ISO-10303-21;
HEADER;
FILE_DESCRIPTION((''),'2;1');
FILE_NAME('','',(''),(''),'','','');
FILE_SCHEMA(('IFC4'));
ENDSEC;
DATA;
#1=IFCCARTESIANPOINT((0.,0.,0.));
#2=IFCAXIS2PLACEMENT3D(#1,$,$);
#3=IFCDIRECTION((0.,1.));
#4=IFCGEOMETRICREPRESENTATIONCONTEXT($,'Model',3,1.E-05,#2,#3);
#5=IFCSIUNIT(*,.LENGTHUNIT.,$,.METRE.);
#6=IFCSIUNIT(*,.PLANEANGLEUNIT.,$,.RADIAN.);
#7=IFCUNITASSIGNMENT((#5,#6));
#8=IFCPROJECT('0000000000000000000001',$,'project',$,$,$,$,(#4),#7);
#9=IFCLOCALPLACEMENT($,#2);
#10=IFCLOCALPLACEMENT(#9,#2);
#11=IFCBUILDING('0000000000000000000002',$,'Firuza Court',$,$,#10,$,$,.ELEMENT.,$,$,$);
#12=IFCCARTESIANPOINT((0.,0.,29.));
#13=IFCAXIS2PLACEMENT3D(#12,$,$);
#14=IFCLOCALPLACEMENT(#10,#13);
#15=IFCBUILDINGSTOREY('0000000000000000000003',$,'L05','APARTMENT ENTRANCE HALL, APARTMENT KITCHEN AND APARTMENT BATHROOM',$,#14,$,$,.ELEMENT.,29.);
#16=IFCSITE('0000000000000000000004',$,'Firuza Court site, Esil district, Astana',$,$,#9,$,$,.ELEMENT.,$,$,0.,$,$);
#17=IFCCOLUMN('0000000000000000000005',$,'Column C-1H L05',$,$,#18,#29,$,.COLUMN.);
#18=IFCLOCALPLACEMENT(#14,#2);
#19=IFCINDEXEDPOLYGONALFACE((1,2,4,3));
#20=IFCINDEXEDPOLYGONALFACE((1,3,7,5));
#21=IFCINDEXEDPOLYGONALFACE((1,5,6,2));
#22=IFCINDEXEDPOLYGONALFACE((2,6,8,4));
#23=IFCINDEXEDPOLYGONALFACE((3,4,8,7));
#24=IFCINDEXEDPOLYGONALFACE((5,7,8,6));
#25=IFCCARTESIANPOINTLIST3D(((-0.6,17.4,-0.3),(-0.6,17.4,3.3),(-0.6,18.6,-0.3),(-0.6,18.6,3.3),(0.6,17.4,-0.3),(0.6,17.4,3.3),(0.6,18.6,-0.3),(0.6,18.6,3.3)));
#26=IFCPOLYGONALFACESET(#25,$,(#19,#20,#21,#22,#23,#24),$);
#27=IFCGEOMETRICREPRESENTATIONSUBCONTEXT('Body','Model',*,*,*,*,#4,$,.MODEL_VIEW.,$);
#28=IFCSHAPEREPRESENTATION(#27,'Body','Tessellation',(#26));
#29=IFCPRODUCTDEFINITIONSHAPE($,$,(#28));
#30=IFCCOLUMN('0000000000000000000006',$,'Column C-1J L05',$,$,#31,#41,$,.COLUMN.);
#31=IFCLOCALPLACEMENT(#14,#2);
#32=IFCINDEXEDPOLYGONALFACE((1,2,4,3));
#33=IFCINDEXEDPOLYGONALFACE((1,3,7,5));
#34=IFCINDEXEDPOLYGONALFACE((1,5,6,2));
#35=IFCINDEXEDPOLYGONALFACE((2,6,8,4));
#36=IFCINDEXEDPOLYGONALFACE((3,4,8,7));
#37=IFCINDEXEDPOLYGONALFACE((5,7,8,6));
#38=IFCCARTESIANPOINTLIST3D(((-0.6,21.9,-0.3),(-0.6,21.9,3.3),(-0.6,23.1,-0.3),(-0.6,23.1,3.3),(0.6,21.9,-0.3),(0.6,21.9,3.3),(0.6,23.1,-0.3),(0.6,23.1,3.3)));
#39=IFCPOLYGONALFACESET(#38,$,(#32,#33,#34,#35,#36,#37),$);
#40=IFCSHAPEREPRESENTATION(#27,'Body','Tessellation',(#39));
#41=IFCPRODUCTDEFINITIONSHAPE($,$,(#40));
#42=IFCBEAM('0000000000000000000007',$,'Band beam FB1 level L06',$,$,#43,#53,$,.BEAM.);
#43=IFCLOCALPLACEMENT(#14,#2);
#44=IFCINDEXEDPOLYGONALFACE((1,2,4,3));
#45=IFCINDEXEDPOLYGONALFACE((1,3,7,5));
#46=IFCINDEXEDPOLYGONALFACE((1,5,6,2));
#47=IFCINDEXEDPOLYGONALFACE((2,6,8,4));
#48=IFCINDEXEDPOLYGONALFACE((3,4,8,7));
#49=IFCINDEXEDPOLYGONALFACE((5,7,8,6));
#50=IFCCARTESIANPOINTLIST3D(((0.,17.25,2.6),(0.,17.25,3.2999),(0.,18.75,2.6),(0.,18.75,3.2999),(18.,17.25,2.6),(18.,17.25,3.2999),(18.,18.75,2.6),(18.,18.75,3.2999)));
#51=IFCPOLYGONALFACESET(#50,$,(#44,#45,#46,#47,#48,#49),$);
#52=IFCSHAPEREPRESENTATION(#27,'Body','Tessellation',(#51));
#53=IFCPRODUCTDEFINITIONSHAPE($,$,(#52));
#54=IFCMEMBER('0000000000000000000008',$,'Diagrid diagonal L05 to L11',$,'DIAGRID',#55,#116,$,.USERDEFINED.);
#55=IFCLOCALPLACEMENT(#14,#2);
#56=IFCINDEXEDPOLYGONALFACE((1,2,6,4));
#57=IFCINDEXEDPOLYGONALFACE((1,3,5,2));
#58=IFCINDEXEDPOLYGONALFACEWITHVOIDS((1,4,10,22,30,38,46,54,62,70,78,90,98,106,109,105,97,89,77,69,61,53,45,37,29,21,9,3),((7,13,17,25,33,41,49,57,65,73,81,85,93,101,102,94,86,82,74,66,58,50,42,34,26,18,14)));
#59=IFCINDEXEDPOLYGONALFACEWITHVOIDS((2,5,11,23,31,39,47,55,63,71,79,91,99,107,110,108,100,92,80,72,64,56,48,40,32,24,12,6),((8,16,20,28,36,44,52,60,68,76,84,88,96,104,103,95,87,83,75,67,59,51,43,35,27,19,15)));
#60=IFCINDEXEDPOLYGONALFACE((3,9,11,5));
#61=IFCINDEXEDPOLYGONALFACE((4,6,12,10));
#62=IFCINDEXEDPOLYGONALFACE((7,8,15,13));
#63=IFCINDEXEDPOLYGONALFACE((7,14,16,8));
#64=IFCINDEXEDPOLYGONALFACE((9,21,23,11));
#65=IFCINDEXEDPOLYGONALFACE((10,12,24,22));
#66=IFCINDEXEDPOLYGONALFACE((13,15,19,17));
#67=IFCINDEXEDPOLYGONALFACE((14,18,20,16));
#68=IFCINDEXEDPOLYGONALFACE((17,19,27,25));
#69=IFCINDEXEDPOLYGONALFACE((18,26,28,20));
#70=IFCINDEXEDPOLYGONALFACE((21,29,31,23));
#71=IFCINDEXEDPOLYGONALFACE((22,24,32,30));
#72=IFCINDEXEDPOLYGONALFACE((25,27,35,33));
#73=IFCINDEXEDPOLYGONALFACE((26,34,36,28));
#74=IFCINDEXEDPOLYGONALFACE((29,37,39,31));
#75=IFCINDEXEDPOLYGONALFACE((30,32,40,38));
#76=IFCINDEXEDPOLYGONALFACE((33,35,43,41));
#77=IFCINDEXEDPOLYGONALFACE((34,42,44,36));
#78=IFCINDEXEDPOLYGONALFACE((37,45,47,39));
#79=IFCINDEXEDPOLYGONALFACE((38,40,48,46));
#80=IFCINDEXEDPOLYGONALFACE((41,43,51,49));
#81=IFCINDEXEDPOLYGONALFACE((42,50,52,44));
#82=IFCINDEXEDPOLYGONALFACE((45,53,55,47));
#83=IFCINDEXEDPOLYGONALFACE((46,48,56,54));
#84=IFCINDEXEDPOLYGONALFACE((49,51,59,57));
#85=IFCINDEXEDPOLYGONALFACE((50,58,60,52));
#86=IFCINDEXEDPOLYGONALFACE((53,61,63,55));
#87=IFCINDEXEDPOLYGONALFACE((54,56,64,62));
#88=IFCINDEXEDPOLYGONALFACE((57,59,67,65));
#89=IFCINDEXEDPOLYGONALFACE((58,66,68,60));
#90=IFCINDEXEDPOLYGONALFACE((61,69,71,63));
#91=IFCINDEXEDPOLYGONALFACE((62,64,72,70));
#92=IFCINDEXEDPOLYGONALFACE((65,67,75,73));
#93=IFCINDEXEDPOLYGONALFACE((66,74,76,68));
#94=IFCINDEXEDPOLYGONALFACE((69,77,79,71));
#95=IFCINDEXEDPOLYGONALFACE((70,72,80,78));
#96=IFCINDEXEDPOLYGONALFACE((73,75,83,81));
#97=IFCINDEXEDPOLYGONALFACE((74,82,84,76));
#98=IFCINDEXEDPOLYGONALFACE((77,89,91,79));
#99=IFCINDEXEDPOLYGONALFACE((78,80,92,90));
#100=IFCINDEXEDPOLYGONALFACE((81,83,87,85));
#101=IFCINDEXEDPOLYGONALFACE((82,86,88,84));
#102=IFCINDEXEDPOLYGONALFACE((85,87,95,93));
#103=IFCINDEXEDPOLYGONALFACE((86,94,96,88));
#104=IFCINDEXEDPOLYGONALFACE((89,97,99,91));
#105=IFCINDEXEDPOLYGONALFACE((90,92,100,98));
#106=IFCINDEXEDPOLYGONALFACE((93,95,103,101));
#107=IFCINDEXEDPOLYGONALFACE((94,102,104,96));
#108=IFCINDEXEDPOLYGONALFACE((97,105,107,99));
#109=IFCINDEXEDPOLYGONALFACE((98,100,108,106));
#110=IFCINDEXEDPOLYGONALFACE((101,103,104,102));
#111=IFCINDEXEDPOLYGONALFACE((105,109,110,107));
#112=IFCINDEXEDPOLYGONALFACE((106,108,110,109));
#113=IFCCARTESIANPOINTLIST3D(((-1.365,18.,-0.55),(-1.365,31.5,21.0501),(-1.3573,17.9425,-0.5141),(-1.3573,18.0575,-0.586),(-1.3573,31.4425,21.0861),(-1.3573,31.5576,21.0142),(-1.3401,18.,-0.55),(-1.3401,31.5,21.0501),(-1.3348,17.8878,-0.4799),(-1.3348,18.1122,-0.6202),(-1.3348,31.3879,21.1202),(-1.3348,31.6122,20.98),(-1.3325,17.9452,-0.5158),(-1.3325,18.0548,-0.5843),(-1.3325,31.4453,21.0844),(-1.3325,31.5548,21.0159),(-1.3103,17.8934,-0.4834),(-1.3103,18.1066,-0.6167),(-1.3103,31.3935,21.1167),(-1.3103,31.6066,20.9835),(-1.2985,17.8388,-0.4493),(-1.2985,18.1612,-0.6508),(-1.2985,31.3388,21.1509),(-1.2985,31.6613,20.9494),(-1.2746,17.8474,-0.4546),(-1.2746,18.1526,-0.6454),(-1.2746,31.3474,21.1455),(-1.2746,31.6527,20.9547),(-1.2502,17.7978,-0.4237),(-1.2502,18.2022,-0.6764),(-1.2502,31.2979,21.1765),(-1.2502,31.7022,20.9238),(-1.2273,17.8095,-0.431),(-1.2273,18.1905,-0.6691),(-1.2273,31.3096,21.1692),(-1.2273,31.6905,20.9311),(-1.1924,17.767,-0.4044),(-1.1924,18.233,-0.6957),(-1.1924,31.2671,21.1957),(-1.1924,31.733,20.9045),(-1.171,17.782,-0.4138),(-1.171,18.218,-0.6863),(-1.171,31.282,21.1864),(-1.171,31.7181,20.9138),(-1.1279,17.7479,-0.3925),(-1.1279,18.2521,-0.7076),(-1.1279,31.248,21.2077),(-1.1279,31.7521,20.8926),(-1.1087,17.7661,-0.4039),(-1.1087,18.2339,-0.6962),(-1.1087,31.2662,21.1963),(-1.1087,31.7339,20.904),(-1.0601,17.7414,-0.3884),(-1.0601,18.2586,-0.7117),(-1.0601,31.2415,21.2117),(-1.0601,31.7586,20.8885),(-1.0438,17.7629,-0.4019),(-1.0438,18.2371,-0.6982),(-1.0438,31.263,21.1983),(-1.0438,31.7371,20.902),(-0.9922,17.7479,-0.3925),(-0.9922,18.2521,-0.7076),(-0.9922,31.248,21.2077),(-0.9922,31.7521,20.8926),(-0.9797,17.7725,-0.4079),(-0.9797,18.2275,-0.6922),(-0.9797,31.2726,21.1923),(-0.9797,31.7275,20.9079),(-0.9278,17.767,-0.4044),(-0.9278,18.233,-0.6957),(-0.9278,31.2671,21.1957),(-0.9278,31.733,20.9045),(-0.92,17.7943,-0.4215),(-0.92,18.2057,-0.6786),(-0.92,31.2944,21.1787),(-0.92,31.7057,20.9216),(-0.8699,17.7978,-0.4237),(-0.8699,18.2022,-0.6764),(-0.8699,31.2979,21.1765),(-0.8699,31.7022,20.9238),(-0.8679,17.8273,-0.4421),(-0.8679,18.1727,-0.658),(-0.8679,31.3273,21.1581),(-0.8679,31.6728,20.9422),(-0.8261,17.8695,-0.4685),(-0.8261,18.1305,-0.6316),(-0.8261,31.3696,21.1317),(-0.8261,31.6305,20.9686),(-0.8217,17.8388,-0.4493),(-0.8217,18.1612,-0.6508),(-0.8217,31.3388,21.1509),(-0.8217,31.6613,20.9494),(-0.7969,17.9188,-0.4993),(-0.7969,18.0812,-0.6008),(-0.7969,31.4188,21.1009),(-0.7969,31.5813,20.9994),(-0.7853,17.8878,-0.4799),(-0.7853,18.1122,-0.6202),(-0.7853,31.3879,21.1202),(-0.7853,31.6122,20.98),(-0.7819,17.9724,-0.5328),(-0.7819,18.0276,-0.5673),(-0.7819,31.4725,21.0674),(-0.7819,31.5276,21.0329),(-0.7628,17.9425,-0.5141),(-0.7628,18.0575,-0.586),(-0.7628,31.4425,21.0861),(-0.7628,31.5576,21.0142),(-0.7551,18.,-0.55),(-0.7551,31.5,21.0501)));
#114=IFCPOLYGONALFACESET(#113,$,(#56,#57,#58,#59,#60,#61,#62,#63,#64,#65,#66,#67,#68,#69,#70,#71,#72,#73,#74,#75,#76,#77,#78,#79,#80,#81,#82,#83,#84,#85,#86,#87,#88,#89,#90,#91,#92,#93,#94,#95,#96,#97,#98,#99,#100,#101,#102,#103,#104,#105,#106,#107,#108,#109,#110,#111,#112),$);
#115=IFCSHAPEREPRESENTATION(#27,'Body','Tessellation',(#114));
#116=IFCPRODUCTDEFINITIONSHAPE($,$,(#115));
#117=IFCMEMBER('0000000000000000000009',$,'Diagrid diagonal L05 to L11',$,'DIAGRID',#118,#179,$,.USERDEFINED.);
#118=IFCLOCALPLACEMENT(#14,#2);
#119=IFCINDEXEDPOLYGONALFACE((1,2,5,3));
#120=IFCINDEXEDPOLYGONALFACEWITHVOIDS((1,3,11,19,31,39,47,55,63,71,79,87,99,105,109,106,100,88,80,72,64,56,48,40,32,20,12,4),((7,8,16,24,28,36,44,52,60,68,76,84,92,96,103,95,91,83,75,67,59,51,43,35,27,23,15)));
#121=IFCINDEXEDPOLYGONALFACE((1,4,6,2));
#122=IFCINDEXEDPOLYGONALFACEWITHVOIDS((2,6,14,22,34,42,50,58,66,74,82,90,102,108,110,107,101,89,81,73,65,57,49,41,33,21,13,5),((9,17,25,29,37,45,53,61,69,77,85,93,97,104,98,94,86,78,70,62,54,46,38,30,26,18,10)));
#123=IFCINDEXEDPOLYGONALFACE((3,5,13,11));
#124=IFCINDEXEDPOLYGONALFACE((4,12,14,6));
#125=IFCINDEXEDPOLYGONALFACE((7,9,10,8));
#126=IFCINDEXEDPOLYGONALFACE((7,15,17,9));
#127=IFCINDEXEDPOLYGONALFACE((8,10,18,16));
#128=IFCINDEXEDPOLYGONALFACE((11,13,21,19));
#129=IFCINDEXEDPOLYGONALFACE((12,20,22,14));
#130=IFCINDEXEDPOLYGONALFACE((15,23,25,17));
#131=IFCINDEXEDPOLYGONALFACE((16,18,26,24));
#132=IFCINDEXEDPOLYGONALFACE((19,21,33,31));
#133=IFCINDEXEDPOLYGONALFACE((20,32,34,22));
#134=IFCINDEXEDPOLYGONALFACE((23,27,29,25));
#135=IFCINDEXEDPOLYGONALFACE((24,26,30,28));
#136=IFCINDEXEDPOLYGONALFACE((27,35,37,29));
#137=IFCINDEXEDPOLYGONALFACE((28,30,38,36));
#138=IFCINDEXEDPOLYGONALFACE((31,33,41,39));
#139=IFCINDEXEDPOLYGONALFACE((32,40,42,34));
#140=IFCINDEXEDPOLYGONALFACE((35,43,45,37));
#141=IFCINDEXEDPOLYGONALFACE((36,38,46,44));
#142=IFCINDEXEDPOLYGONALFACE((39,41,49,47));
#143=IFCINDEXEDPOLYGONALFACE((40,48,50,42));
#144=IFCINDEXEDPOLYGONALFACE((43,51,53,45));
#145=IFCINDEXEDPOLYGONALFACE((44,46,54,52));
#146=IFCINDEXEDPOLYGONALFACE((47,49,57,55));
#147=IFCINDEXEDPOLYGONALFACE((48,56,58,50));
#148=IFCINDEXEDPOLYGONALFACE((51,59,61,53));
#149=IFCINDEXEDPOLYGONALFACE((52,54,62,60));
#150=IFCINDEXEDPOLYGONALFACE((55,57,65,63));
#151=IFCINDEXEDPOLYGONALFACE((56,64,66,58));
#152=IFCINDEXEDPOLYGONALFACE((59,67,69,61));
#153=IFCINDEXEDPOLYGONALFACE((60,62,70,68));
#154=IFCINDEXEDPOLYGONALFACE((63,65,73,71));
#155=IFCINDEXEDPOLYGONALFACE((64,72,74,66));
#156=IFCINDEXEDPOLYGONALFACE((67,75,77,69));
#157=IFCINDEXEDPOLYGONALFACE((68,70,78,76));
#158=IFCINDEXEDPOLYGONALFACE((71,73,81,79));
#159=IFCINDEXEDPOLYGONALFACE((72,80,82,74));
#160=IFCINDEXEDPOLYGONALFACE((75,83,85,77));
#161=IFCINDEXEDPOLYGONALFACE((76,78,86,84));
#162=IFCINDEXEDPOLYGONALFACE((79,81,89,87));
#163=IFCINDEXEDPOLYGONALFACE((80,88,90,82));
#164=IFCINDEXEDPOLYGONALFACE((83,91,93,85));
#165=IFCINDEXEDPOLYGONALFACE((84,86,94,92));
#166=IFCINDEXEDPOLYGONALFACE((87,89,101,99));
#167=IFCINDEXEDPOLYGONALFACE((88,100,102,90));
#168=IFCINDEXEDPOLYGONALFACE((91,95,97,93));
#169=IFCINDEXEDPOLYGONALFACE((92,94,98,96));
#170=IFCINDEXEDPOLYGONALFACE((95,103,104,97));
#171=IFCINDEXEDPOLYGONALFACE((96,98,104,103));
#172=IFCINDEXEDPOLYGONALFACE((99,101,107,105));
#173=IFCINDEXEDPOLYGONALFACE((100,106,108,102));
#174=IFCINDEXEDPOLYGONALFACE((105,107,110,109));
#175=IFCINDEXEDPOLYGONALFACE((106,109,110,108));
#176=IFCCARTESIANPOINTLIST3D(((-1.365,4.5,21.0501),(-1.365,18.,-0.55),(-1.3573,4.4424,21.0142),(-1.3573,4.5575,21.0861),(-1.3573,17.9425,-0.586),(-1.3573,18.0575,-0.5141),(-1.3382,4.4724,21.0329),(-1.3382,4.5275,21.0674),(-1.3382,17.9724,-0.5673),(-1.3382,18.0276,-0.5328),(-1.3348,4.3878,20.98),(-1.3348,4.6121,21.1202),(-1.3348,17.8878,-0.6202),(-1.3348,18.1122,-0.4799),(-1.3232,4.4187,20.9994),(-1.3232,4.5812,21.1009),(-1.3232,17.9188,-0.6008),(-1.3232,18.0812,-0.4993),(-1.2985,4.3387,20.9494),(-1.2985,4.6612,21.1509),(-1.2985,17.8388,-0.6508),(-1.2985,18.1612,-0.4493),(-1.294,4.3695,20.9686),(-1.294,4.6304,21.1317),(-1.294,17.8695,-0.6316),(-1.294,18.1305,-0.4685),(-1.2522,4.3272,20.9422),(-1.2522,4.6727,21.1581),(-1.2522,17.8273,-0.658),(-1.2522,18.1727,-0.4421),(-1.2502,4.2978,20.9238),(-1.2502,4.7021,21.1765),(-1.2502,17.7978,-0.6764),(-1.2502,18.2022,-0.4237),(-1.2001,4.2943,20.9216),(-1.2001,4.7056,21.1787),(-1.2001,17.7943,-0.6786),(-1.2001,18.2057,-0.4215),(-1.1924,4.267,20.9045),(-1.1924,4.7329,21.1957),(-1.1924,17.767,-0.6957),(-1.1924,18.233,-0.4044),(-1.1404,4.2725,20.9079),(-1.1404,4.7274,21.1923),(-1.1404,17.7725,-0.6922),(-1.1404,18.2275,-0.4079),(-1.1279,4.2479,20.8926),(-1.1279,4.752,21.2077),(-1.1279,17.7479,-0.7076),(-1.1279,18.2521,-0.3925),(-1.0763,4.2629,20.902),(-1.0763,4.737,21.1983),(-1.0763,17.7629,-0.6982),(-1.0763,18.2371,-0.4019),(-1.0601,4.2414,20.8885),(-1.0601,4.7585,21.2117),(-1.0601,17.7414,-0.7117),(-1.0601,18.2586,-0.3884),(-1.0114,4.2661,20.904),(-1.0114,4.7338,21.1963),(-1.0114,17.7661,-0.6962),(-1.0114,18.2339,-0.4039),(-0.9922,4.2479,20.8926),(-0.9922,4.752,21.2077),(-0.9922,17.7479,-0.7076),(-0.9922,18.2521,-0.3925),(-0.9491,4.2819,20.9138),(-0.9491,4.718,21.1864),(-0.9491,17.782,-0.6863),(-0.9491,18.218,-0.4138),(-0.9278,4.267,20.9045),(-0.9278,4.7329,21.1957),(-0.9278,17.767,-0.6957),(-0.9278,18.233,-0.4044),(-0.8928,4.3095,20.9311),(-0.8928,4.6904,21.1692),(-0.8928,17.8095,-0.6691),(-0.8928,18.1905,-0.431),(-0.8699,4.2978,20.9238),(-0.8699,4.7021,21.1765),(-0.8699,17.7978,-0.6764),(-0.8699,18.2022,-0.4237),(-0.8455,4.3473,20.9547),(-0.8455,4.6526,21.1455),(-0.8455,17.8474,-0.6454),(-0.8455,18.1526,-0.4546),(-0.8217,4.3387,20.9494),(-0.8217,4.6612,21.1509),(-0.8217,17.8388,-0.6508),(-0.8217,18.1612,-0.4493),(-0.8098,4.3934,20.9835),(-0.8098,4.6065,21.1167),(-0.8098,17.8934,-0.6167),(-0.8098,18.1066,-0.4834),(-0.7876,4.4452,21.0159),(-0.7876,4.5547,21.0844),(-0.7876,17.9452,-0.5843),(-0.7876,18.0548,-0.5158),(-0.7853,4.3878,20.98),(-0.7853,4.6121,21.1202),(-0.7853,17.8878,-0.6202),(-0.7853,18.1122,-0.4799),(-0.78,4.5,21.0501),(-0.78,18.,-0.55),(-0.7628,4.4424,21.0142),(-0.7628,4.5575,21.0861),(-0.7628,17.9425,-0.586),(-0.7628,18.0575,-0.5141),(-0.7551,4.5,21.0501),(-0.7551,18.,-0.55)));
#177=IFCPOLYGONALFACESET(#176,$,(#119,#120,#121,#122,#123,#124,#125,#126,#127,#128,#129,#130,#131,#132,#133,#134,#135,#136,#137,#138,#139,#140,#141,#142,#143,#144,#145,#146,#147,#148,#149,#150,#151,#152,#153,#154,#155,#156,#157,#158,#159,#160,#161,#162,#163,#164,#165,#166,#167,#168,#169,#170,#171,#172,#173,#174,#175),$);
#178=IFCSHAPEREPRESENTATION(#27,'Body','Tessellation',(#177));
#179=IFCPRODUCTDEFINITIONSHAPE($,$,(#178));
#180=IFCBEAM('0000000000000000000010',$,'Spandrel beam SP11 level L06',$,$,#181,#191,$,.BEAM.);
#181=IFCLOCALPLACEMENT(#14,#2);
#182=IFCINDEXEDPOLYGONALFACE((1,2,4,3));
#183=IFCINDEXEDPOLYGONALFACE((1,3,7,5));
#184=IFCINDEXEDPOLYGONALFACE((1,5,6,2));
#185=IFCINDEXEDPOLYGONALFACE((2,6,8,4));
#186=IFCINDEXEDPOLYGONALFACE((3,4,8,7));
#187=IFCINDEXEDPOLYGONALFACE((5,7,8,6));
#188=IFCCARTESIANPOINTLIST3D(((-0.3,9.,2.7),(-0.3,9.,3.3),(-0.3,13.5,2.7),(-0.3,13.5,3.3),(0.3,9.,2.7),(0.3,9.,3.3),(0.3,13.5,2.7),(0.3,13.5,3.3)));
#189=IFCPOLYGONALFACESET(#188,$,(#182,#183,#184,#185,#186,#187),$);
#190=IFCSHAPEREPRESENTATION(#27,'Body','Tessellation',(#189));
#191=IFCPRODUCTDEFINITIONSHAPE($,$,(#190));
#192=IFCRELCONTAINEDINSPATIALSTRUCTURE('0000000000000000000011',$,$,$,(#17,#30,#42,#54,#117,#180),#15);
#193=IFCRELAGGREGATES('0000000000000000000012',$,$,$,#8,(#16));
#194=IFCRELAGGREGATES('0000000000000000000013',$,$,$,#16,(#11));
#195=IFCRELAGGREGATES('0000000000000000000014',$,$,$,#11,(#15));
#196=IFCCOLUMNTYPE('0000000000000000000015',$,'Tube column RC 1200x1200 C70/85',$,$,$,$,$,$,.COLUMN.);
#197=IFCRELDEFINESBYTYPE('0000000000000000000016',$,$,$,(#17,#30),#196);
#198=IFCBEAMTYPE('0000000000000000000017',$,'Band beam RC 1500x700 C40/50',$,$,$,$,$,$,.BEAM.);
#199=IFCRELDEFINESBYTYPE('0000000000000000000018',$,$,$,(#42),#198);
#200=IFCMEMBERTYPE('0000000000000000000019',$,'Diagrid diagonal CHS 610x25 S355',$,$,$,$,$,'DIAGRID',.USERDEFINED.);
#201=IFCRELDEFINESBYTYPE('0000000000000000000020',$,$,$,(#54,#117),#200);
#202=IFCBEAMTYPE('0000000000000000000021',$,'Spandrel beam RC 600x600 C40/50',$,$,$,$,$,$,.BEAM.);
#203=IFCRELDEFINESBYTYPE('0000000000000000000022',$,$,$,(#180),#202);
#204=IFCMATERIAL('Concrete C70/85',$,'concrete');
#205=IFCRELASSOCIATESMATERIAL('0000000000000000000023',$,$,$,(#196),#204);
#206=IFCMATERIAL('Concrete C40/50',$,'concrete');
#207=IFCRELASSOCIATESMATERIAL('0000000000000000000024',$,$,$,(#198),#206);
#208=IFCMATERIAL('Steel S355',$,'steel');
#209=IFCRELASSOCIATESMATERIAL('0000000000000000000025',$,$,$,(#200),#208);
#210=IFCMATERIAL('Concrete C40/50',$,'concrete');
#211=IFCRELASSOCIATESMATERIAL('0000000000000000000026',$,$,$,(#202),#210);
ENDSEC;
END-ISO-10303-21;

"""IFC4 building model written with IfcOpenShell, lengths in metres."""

from ifc_helpers import new_model, si_unit, direction, frame, origin, origin_2d, place, context, subcontext, project, spatial, rectangle, hollow_circle, extrude, material, material_profile, profile_set, type_object, element, save


model = new_model("IFC4")

# Units and contexts
model_context = context("Model", 3, precision=1e-05, world=origin(), true_north=direction((0.0, 1.0)))
body_context = subcontext(model_context, "Body", "Model", "MODEL_VIEW")
ifc_project = project(units=[si_unit("LENGTHUNIT", "METRE"), si_unit("PLANEANGLEUNIT", "RADIAN")], contexts=[model_context])

# Site, building, storey
site_placement = place(None, origin())
site = spatial("IfcSite", under=ifc_project, at=site_placement, Name="Firuza Court site, Esil district, Astana", CompositionType="ELEMENT", RefElevation=0.0)
building_placement = place(site_placement, origin())
building = spatial("IfcBuilding", under=site, at=building_placement, Name="Firuza Court", CompositionType="ELEMENT")
storey_placement = place(building_placement, frame((0.0, 0.0, 29.0)))
storey = spatial("IfcBuildingStorey", under=building, at=storey_placement, Name="L05", Description="APARTMENT ENTRANCE HALL, APARTMENT KITCHEN AND APARTMENT BATHROOM", CompositionType="ELEMENT", Elevation=29.0)

# Columns
ifc_material_1 = material(Name="Concrete C70/85", Category="concrete")
ifc_material_profile_1 = material_profile(ifc_material_1, rectangle(XDim=1.2, YDim=1.2, at=origin_2d()), Name="RC 1200x1200")
ifc_profile_set_1 = profile_set([ifc_material_profile_1], Name="Concrete C70/85")
column_type = type_object("IfcColumnType", Name="Tube column RC 1200x1200 C70/85", PredefinedType="COLUMN", material=ifc_profile_set_1)
for number, where, z_axis, x_axis, name in (
    (1, (0.0, 18.0, -0.3), (0.0, 0.0, 1.0), (1.0, 0.0, 0.0), "Column C-1H L05"),
    (2, (0.0, 22.5, -0.3), (0.0, 0.0, 1.0), (1.0, 0.0, 0.0), "Column C-1J L05"),
):
    element("IfcColumn", number, at=place(storey_placement, frame(where, z_axis=z_axis, x_axis=x_axis)), inside=storey, type_object=column_type, Name=name, PredefinedType="COLUMN", context=body_context, shape_type="SweptSolid", body=[
        extrude(rectangle(XDim=1.2, YDim=1.2, at=origin_2d()), origin(), (0.0, 0.0, 1.0), 3.6001),
    ])

# Beam
ifc_material_2 = material(Name="Concrete C40/50", Category="concrete")
ifc_material_profile_2 = material_profile(ifc_material_2, rectangle(XDim=1.5, YDim=0.7, at=origin_2d()), Name="RC 1500x700")
ifc_profile_set_2 = profile_set([ifc_material_profile_2], Name="Concrete C40/50")
beam_type_1 = type_object("IfcBeamType", Name="Band beam RC 1500x700 C40/50", PredefinedType="BEAM", material=ifc_profile_set_2)
beam_placement = place(storey_placement, frame((0.0, 18.0, 2.95), z_axis=(1.0, 0.0, 0.0), x_axis=(0.0, 1.0, 0.0)))
element("IfcBeam", 3, at=beam_placement, inside=storey, type_object=beam_type_1, Name="Band beam FB1 level L06", PredefinedType="BEAM", context=body_context, shape_type="SweptSolid", body=[
    extrude(rectangle(XDim=1.5, YDim=0.7, at=origin_2d()), origin(), (0.0, 0.0, 1.0), 18.0),
])

# Members
ifc_material_3 = material(Name="Steel S355", Category="steel")
ifc_material_profile_3 = material_profile(ifc_material_3, hollow_circle(Radius=0.3049, WallThickness=0.0249, at=origin_2d()), Name="CHS 610x25")
ifc_profile_set_3 = profile_set([ifc_material_profile_3], Name="Steel S355")
member_type = type_object("IfcMemberType", Name="Diagrid diagonal CHS 610x25 S355", ElementType="DIAGRID", PredefinedType="USERDEFINED", material=ifc_profile_set_3)
for number, where, z_axis, x_axis, name in (
    (4, (-1.0601, 18.0, -0.55), (0.0, 0.529997, 0.847999), (-1.0, 0.0, 0.0), "Diagrid diagonal L05 to L11"),
    (5, (-1.0601, 18.0, -0.55), (0.0, -0.529997, 0.847999), (1.0, 0.0, 0.0), "Diagrid diagonal L05 to L11"),
):
    element("IfcMember", number, at=place(storey_placement, frame(where, z_axis=z_axis, x_axis=x_axis)), inside=storey, type_object=member_type, Name=name, ObjectType="DIAGRID", PredefinedType="USERDEFINED", context=body_context, shape_type="SweptSolid", body=[
        extrude(hollow_circle(Radius=0.3049, WallThickness=0.0249, at=origin_2d()), origin(), (0.0, 0.0, 1.0), 25.4719),
    ])

# Beam
ifc_material_4 = material(Name="Concrete C40/50", Category="concrete")
ifc_material_profile_4 = material_profile(ifc_material_4, rectangle(XDim=0.6001, YDim=0.6001, at=origin_2d()), Name="RC 600x600")
ifc_profile_set_4 = profile_set([ifc_material_profile_4], Name="Concrete C40/50")
beam_type_2 = type_object("IfcBeamType", Name="Spandrel beam RC 600x600 C40/50", PredefinedType="BEAM", material=ifc_profile_set_4)
for number, where, z_axis, x_axis, name in (
    (6, (0.0, 13.5, 3.0), (0.0, -1.0, 0.0), (1.0, 0.0, 0.0), "Spandrel beam SP11 level L06"),
):
    element("IfcBeam", number, at=place(storey_placement, frame(where, z_axis=z_axis, x_axis=x_axis)), inside=storey, type_object=beam_type_2, Name=name, PredefinedType="BEAM", context=body_context, shape_type="SweptSolid", body=[
        extrude(rectangle(XDim=0.6001, YDim=0.6001, at=origin_2d()), origin(), (0.0, 0.0, 1.0), 4.5),
    ])

save(model, "model.ifc")
